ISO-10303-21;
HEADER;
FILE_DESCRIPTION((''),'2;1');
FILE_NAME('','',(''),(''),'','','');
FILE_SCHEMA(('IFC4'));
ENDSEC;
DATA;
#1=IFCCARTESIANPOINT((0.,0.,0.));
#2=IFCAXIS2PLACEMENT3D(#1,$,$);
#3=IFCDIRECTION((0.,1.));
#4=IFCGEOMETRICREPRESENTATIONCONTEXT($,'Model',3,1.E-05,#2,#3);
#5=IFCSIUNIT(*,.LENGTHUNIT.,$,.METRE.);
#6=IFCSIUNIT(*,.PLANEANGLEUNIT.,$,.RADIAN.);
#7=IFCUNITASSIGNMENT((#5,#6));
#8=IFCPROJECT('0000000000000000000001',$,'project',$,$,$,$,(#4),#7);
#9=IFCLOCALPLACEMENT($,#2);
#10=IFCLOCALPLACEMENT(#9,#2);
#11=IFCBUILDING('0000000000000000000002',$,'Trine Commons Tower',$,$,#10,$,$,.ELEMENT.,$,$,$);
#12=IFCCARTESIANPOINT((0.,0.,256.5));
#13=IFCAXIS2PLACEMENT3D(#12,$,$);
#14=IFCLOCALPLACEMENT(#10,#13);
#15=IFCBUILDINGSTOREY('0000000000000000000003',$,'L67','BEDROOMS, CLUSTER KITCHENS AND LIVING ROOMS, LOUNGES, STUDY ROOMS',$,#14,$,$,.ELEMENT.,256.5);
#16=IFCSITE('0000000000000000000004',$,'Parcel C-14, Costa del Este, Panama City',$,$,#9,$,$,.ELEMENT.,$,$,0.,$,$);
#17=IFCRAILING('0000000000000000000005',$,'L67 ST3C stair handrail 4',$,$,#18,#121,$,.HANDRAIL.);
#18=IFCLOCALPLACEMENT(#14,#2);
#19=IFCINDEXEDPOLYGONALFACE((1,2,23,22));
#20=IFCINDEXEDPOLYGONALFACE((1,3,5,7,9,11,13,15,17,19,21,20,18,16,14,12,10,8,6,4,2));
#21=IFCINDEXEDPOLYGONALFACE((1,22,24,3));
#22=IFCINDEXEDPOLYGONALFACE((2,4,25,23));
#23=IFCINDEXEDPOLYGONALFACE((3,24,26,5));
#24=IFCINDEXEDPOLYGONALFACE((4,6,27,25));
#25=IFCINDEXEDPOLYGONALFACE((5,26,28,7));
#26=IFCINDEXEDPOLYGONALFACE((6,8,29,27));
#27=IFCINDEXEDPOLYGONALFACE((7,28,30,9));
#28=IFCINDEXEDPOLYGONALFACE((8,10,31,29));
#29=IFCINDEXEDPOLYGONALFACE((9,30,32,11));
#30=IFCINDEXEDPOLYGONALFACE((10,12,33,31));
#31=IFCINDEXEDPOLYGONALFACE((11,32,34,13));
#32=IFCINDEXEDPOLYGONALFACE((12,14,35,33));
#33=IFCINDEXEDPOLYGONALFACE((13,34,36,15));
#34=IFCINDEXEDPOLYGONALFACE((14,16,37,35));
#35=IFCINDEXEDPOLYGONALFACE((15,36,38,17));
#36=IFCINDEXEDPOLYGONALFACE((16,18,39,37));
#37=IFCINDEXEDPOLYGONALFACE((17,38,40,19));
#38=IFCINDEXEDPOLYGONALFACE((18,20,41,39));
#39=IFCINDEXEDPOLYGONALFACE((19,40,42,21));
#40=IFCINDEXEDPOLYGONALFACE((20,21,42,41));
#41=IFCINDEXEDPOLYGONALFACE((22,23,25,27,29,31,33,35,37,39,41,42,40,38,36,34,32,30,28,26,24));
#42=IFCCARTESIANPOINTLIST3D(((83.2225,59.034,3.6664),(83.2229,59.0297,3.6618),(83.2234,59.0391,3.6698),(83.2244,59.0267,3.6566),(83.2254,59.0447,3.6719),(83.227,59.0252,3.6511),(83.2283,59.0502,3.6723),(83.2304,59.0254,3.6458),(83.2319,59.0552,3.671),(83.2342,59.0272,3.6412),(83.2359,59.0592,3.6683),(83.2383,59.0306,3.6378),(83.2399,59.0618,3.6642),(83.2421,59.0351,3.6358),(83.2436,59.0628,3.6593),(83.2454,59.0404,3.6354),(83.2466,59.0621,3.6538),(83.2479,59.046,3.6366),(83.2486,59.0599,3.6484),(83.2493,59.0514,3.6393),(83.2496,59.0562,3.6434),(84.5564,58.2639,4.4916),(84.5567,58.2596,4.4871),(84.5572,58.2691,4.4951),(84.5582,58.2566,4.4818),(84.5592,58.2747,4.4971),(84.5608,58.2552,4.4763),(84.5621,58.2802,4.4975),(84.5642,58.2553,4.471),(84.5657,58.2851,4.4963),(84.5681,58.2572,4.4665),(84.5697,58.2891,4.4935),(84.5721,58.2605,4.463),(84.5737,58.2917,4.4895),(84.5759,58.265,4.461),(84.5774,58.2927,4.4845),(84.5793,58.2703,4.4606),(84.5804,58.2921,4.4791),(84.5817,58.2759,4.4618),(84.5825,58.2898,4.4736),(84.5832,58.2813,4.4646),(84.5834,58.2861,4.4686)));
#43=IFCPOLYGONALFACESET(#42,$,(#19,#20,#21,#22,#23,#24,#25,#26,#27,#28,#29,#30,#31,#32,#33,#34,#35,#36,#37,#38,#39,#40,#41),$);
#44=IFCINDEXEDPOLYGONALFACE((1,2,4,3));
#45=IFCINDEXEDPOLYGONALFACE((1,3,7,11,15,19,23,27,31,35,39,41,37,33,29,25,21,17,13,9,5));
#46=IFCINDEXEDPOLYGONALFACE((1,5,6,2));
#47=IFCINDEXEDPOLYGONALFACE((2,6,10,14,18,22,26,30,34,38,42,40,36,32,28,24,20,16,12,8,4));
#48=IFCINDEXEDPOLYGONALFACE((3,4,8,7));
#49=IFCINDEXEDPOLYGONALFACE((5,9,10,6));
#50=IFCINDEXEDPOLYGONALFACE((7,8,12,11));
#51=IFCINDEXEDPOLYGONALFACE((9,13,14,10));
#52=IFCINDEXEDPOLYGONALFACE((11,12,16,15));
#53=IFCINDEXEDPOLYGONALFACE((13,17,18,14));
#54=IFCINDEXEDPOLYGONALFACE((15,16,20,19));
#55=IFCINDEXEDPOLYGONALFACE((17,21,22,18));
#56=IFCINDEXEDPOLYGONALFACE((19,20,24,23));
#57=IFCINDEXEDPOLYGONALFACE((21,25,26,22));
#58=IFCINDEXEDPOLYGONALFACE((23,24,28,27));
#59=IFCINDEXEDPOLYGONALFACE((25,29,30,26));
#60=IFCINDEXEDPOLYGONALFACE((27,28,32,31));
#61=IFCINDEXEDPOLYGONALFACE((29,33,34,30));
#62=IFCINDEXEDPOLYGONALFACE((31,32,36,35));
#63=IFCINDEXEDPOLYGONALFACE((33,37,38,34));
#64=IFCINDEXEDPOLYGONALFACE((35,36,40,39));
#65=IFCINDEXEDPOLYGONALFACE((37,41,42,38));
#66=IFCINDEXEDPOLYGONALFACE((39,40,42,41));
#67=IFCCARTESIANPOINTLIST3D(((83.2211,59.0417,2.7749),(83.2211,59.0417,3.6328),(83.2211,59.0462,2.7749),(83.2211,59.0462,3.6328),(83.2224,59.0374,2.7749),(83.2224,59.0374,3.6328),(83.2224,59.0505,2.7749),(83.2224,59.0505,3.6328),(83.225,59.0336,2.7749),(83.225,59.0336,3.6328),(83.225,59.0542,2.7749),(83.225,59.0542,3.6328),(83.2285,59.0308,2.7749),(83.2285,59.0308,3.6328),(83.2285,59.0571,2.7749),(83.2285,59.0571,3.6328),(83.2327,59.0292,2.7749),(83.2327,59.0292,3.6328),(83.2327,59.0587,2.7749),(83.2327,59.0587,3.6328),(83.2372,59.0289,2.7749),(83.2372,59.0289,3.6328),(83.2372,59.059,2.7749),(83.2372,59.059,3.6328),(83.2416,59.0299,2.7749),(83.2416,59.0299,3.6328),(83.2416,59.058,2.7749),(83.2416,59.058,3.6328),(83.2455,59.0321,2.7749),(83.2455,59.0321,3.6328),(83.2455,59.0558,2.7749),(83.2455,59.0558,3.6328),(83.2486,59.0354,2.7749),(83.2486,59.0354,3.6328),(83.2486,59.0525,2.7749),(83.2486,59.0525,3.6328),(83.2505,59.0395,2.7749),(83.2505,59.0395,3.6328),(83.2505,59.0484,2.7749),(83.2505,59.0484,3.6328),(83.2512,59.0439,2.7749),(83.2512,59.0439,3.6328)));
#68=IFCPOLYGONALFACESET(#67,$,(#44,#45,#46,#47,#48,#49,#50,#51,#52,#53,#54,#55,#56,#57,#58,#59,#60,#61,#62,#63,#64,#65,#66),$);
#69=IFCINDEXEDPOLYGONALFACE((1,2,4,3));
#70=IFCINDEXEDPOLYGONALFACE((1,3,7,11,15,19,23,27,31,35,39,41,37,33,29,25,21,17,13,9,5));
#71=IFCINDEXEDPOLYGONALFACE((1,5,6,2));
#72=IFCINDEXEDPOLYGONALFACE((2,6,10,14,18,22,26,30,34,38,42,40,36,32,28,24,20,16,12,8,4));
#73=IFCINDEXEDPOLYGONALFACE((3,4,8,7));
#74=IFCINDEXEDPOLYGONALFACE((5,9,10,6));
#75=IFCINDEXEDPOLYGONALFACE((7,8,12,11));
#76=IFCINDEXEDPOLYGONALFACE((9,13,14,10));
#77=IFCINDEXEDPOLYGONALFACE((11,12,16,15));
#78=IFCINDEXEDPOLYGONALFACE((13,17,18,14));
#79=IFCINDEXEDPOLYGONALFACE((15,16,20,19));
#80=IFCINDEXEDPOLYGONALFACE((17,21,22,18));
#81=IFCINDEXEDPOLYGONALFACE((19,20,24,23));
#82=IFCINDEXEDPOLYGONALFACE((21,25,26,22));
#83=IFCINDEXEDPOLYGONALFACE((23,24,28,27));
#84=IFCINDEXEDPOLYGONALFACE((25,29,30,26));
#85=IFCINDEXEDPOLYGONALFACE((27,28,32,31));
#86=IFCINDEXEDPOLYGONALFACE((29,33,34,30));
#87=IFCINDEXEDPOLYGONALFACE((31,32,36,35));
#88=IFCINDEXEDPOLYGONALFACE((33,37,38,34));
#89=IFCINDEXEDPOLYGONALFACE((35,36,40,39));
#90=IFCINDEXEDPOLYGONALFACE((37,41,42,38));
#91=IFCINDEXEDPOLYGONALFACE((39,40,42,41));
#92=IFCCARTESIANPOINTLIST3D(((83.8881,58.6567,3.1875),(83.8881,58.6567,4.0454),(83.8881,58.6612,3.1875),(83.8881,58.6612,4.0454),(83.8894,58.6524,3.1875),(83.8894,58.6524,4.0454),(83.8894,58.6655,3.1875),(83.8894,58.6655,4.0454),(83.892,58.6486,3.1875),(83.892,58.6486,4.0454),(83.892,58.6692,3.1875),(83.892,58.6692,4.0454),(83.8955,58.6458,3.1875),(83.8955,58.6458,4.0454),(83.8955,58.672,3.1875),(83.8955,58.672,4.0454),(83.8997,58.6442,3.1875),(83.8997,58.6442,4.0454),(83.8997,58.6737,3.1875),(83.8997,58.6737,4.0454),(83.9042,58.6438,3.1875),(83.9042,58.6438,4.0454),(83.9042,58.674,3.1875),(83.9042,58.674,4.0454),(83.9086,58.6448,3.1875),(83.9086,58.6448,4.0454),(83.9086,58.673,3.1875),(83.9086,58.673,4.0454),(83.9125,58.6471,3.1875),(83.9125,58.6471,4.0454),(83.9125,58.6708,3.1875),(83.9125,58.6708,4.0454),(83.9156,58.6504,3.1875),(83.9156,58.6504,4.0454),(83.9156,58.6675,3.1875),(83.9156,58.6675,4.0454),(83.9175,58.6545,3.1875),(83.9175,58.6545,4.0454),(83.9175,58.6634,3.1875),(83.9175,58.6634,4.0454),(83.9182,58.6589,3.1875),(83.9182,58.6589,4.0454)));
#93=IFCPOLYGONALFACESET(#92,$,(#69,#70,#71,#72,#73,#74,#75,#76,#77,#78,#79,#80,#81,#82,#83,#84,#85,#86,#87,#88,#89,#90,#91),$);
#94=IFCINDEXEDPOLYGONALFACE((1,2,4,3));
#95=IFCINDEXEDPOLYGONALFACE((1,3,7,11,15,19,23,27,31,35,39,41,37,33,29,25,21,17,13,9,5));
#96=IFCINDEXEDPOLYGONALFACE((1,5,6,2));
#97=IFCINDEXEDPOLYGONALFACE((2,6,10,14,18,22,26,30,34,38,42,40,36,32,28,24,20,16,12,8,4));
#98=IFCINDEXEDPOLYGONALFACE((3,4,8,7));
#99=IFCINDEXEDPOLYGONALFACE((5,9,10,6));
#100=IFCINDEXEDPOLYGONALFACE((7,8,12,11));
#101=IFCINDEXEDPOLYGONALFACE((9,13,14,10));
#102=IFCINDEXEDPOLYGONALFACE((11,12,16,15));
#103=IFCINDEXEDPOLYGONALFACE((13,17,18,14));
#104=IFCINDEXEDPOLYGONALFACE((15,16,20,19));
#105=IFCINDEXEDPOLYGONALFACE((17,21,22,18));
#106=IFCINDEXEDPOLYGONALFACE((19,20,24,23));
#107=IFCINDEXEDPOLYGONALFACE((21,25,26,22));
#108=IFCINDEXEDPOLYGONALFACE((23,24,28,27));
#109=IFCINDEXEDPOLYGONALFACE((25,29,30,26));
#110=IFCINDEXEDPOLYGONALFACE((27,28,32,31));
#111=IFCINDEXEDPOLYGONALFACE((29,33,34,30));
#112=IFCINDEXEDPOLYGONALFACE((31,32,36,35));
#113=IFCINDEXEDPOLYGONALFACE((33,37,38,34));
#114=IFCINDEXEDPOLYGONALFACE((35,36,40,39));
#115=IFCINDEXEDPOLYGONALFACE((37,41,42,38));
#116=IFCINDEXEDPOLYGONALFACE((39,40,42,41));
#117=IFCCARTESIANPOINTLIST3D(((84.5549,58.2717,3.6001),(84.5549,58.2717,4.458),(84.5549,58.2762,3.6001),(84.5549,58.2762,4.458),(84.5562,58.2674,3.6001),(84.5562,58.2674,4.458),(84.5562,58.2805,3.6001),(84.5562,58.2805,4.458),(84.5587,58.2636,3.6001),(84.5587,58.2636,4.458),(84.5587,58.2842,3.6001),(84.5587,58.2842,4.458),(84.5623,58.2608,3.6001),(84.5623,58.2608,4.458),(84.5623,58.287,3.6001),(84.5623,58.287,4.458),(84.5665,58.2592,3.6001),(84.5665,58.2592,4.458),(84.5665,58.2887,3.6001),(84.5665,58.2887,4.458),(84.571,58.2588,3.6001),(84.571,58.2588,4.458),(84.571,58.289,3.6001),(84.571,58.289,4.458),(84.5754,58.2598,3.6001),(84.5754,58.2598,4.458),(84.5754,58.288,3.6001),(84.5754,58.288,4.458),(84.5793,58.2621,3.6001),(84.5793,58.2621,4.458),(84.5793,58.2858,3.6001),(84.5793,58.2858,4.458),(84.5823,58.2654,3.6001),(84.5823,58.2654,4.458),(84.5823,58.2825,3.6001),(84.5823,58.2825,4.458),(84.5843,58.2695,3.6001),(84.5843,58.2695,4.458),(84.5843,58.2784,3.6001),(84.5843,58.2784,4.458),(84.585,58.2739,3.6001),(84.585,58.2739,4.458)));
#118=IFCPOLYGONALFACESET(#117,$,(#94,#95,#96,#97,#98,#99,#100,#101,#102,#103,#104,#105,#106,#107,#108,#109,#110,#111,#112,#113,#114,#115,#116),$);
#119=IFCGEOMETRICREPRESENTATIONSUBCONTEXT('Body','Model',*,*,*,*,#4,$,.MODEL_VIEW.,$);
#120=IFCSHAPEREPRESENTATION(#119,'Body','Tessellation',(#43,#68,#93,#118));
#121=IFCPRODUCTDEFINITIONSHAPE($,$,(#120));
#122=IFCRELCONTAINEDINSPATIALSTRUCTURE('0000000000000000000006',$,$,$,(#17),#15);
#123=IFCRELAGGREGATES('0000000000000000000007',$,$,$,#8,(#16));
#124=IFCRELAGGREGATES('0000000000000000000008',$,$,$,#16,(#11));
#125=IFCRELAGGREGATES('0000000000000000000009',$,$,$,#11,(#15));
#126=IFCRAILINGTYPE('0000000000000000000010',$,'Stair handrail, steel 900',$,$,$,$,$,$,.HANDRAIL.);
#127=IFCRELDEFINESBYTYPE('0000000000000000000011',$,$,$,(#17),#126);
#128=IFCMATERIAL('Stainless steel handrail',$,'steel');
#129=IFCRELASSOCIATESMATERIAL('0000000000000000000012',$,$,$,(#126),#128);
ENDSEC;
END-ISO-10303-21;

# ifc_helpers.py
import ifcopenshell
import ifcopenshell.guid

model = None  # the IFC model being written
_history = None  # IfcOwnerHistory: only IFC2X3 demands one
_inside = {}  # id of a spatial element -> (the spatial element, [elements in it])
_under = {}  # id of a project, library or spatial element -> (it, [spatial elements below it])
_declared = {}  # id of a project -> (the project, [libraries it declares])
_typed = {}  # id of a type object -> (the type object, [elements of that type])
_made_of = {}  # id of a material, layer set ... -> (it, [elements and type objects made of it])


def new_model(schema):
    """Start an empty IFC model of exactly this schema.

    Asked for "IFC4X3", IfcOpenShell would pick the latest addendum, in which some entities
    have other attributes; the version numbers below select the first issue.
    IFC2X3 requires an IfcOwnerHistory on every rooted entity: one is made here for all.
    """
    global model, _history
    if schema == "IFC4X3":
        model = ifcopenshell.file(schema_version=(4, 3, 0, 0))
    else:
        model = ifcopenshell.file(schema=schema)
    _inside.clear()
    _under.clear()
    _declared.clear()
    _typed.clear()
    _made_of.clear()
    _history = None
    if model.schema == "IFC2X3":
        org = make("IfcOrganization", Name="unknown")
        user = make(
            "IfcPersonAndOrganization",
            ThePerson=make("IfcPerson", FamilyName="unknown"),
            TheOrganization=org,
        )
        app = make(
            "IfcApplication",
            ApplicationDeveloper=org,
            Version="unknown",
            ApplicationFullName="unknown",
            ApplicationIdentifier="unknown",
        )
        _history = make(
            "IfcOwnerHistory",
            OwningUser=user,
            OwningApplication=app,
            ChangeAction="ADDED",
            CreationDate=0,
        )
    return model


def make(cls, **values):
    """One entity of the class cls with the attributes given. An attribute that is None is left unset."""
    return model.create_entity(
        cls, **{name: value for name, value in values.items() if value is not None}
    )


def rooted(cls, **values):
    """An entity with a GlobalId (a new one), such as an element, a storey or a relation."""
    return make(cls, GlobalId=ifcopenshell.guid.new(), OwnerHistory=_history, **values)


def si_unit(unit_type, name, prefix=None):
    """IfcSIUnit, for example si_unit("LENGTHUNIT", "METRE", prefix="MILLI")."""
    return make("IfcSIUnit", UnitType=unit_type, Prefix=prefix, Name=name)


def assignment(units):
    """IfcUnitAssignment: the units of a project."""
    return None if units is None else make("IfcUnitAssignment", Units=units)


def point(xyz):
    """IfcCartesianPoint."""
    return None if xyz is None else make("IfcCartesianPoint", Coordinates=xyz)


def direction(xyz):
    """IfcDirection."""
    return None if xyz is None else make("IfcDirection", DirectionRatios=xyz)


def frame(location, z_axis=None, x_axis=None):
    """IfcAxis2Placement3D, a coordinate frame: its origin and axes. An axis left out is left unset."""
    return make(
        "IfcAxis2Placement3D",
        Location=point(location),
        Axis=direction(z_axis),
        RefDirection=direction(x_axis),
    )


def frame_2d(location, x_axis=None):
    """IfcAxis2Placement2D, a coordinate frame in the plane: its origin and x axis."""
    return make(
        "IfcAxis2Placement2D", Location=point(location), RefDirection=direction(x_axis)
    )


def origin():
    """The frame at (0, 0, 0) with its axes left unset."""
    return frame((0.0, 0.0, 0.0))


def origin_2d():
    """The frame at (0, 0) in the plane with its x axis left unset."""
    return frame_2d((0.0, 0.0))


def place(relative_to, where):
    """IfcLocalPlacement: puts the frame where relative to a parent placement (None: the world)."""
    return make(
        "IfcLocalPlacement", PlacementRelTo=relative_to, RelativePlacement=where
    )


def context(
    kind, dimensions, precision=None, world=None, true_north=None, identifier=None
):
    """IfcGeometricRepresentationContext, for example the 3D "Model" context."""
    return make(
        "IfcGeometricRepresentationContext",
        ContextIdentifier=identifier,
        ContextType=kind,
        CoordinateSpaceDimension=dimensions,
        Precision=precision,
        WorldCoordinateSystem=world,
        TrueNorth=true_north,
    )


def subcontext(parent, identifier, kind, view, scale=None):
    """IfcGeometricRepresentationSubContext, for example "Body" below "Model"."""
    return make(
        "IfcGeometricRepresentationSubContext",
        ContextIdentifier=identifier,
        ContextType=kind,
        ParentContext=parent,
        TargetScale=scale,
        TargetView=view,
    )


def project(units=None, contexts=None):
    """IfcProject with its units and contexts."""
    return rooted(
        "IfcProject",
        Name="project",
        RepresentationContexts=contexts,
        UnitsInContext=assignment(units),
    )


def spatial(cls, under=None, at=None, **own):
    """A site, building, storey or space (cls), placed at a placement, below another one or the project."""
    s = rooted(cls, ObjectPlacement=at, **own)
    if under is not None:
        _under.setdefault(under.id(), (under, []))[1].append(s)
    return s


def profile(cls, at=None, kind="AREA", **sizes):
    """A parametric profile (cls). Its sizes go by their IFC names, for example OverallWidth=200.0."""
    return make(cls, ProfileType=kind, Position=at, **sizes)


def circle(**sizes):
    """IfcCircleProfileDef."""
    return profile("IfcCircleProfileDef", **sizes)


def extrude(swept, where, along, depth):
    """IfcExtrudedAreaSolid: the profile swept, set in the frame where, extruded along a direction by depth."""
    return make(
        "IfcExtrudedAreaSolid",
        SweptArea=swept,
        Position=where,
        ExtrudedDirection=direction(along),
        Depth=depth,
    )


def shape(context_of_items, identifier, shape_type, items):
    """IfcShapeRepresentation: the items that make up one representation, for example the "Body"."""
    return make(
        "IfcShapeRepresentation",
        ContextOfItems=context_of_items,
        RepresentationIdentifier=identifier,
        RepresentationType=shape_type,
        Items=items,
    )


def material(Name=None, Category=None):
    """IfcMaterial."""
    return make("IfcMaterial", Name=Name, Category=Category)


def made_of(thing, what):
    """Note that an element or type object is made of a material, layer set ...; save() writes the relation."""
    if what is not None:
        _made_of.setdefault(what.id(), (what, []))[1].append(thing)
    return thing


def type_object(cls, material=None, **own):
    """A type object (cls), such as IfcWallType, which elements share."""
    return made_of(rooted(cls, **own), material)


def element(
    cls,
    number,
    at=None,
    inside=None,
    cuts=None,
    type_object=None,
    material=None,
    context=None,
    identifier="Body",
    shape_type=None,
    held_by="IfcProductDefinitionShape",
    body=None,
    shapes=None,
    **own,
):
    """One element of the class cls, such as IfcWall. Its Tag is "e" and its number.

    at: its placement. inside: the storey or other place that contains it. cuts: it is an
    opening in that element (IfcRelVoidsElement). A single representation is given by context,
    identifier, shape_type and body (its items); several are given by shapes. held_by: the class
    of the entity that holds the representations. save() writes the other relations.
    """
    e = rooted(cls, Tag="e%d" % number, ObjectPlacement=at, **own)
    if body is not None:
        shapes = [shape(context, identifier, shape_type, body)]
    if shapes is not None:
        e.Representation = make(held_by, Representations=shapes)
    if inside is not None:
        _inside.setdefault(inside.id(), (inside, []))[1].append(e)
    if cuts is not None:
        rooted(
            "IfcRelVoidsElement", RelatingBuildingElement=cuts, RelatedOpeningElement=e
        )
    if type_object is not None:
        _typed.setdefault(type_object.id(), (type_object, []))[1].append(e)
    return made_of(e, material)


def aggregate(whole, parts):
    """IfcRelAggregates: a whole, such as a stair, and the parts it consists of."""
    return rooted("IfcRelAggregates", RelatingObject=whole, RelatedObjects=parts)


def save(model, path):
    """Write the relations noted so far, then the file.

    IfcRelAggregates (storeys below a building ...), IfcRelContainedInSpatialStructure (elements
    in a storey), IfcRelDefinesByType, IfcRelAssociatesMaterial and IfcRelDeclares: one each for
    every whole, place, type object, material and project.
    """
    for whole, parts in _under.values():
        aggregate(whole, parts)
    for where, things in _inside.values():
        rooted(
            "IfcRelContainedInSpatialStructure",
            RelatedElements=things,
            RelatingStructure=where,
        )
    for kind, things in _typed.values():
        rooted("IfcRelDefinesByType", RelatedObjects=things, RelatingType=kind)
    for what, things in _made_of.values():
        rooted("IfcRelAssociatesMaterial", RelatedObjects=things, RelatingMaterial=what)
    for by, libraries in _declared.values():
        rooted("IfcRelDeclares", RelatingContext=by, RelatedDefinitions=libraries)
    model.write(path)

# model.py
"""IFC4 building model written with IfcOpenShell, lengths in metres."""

from ifc_helpers import new_model, si_unit, direction, frame, origin, origin_2d, place, context, subcontext, project, spatial, circle, extrude, material, type_object, element, save


model = new_model("IFC4")

# Units and contexts
model_context = context("Model", 3, precision=1e-05, world=origin(), true_north=direction((0.0, 1.0)))
body_context = subcontext(model_context, "Body", "Model", "MODEL_VIEW")
ifc_project = project(units=[si_unit("LENGTHUNIT", "METRE"), si_unit("PLANEANGLEUNIT", "RADIAN")], contexts=[model_context])

# Site, building, storey
site_placement = place(None, origin())
site = spatial("IfcSite", under=ifc_project, at=site_placement, Name="Parcel C-14, Costa del Este, Panama City", CompositionType="ELEMENT", RefElevation=0.0)
building_placement = place(site_placement, origin())
building = spatial("IfcBuilding", under=site, at=building_placement, Name="Trine Commons Tower", CompositionType="ELEMENT")
storey_placement = place(building_placement, frame((0.0, 0.0, 256.5)))
storey = spatial("IfcBuildingStorey", under=building, at=storey_placement, Name="L67", Description="BEDROOMS, CLUSTER KITCHENS AND LIVING ROOMS, LOUNGES, STUDY ROOMS", CompositionType="ELEMENT", Elevation=256.5)

# Railing
ifc_material_1 = material(Name="Stainless steel handrail", Category="steel")
railing_type_1 = type_object("IfcRailingType", Name="Stair handrail, steel 900", PredefinedType="HANDRAIL", material=ifc_material_1)
railing_1_placement = place(storey_placement, frame((83.2361, 59.0439, 2.7749)))
element("IfcRailing", 1, at=railing_1_placement, inside=storey, type_object=railing_type_1, Name="L67 ST3C stair handrail 4", PredefinedType="HANDRAIL", context=body_context, shape_type="SweptSolid", body=[
    extrude(circle(Radius=0.021, at=origin_2d()), frame((0.0, 0.0, 0.8789), z_axis=(0.763355, -0.440714, 0.472293), x_axis=(0.499992, 0.86603, 0.0)), (0.0, 0.0, 1.0), 1.7473),
    extrude(circle(Radius=0.0151, at=origin_2d()), origin(), (0.0, 0.0, 1.0), 0.8579),
    extrude(circle(Radius=0.0151, at=origin_2d()), frame((0.667, -0.385, 0.4126)), (0.0, 0.0, 1.0), 0.8579),
    extrude(circle(Radius=0.0151, at=origin_2d()), frame((1.3337, -0.77, 0.8252)), (0.0, 0.0, 1.0), 0.8579),
])

save(model, "model.ifc")
